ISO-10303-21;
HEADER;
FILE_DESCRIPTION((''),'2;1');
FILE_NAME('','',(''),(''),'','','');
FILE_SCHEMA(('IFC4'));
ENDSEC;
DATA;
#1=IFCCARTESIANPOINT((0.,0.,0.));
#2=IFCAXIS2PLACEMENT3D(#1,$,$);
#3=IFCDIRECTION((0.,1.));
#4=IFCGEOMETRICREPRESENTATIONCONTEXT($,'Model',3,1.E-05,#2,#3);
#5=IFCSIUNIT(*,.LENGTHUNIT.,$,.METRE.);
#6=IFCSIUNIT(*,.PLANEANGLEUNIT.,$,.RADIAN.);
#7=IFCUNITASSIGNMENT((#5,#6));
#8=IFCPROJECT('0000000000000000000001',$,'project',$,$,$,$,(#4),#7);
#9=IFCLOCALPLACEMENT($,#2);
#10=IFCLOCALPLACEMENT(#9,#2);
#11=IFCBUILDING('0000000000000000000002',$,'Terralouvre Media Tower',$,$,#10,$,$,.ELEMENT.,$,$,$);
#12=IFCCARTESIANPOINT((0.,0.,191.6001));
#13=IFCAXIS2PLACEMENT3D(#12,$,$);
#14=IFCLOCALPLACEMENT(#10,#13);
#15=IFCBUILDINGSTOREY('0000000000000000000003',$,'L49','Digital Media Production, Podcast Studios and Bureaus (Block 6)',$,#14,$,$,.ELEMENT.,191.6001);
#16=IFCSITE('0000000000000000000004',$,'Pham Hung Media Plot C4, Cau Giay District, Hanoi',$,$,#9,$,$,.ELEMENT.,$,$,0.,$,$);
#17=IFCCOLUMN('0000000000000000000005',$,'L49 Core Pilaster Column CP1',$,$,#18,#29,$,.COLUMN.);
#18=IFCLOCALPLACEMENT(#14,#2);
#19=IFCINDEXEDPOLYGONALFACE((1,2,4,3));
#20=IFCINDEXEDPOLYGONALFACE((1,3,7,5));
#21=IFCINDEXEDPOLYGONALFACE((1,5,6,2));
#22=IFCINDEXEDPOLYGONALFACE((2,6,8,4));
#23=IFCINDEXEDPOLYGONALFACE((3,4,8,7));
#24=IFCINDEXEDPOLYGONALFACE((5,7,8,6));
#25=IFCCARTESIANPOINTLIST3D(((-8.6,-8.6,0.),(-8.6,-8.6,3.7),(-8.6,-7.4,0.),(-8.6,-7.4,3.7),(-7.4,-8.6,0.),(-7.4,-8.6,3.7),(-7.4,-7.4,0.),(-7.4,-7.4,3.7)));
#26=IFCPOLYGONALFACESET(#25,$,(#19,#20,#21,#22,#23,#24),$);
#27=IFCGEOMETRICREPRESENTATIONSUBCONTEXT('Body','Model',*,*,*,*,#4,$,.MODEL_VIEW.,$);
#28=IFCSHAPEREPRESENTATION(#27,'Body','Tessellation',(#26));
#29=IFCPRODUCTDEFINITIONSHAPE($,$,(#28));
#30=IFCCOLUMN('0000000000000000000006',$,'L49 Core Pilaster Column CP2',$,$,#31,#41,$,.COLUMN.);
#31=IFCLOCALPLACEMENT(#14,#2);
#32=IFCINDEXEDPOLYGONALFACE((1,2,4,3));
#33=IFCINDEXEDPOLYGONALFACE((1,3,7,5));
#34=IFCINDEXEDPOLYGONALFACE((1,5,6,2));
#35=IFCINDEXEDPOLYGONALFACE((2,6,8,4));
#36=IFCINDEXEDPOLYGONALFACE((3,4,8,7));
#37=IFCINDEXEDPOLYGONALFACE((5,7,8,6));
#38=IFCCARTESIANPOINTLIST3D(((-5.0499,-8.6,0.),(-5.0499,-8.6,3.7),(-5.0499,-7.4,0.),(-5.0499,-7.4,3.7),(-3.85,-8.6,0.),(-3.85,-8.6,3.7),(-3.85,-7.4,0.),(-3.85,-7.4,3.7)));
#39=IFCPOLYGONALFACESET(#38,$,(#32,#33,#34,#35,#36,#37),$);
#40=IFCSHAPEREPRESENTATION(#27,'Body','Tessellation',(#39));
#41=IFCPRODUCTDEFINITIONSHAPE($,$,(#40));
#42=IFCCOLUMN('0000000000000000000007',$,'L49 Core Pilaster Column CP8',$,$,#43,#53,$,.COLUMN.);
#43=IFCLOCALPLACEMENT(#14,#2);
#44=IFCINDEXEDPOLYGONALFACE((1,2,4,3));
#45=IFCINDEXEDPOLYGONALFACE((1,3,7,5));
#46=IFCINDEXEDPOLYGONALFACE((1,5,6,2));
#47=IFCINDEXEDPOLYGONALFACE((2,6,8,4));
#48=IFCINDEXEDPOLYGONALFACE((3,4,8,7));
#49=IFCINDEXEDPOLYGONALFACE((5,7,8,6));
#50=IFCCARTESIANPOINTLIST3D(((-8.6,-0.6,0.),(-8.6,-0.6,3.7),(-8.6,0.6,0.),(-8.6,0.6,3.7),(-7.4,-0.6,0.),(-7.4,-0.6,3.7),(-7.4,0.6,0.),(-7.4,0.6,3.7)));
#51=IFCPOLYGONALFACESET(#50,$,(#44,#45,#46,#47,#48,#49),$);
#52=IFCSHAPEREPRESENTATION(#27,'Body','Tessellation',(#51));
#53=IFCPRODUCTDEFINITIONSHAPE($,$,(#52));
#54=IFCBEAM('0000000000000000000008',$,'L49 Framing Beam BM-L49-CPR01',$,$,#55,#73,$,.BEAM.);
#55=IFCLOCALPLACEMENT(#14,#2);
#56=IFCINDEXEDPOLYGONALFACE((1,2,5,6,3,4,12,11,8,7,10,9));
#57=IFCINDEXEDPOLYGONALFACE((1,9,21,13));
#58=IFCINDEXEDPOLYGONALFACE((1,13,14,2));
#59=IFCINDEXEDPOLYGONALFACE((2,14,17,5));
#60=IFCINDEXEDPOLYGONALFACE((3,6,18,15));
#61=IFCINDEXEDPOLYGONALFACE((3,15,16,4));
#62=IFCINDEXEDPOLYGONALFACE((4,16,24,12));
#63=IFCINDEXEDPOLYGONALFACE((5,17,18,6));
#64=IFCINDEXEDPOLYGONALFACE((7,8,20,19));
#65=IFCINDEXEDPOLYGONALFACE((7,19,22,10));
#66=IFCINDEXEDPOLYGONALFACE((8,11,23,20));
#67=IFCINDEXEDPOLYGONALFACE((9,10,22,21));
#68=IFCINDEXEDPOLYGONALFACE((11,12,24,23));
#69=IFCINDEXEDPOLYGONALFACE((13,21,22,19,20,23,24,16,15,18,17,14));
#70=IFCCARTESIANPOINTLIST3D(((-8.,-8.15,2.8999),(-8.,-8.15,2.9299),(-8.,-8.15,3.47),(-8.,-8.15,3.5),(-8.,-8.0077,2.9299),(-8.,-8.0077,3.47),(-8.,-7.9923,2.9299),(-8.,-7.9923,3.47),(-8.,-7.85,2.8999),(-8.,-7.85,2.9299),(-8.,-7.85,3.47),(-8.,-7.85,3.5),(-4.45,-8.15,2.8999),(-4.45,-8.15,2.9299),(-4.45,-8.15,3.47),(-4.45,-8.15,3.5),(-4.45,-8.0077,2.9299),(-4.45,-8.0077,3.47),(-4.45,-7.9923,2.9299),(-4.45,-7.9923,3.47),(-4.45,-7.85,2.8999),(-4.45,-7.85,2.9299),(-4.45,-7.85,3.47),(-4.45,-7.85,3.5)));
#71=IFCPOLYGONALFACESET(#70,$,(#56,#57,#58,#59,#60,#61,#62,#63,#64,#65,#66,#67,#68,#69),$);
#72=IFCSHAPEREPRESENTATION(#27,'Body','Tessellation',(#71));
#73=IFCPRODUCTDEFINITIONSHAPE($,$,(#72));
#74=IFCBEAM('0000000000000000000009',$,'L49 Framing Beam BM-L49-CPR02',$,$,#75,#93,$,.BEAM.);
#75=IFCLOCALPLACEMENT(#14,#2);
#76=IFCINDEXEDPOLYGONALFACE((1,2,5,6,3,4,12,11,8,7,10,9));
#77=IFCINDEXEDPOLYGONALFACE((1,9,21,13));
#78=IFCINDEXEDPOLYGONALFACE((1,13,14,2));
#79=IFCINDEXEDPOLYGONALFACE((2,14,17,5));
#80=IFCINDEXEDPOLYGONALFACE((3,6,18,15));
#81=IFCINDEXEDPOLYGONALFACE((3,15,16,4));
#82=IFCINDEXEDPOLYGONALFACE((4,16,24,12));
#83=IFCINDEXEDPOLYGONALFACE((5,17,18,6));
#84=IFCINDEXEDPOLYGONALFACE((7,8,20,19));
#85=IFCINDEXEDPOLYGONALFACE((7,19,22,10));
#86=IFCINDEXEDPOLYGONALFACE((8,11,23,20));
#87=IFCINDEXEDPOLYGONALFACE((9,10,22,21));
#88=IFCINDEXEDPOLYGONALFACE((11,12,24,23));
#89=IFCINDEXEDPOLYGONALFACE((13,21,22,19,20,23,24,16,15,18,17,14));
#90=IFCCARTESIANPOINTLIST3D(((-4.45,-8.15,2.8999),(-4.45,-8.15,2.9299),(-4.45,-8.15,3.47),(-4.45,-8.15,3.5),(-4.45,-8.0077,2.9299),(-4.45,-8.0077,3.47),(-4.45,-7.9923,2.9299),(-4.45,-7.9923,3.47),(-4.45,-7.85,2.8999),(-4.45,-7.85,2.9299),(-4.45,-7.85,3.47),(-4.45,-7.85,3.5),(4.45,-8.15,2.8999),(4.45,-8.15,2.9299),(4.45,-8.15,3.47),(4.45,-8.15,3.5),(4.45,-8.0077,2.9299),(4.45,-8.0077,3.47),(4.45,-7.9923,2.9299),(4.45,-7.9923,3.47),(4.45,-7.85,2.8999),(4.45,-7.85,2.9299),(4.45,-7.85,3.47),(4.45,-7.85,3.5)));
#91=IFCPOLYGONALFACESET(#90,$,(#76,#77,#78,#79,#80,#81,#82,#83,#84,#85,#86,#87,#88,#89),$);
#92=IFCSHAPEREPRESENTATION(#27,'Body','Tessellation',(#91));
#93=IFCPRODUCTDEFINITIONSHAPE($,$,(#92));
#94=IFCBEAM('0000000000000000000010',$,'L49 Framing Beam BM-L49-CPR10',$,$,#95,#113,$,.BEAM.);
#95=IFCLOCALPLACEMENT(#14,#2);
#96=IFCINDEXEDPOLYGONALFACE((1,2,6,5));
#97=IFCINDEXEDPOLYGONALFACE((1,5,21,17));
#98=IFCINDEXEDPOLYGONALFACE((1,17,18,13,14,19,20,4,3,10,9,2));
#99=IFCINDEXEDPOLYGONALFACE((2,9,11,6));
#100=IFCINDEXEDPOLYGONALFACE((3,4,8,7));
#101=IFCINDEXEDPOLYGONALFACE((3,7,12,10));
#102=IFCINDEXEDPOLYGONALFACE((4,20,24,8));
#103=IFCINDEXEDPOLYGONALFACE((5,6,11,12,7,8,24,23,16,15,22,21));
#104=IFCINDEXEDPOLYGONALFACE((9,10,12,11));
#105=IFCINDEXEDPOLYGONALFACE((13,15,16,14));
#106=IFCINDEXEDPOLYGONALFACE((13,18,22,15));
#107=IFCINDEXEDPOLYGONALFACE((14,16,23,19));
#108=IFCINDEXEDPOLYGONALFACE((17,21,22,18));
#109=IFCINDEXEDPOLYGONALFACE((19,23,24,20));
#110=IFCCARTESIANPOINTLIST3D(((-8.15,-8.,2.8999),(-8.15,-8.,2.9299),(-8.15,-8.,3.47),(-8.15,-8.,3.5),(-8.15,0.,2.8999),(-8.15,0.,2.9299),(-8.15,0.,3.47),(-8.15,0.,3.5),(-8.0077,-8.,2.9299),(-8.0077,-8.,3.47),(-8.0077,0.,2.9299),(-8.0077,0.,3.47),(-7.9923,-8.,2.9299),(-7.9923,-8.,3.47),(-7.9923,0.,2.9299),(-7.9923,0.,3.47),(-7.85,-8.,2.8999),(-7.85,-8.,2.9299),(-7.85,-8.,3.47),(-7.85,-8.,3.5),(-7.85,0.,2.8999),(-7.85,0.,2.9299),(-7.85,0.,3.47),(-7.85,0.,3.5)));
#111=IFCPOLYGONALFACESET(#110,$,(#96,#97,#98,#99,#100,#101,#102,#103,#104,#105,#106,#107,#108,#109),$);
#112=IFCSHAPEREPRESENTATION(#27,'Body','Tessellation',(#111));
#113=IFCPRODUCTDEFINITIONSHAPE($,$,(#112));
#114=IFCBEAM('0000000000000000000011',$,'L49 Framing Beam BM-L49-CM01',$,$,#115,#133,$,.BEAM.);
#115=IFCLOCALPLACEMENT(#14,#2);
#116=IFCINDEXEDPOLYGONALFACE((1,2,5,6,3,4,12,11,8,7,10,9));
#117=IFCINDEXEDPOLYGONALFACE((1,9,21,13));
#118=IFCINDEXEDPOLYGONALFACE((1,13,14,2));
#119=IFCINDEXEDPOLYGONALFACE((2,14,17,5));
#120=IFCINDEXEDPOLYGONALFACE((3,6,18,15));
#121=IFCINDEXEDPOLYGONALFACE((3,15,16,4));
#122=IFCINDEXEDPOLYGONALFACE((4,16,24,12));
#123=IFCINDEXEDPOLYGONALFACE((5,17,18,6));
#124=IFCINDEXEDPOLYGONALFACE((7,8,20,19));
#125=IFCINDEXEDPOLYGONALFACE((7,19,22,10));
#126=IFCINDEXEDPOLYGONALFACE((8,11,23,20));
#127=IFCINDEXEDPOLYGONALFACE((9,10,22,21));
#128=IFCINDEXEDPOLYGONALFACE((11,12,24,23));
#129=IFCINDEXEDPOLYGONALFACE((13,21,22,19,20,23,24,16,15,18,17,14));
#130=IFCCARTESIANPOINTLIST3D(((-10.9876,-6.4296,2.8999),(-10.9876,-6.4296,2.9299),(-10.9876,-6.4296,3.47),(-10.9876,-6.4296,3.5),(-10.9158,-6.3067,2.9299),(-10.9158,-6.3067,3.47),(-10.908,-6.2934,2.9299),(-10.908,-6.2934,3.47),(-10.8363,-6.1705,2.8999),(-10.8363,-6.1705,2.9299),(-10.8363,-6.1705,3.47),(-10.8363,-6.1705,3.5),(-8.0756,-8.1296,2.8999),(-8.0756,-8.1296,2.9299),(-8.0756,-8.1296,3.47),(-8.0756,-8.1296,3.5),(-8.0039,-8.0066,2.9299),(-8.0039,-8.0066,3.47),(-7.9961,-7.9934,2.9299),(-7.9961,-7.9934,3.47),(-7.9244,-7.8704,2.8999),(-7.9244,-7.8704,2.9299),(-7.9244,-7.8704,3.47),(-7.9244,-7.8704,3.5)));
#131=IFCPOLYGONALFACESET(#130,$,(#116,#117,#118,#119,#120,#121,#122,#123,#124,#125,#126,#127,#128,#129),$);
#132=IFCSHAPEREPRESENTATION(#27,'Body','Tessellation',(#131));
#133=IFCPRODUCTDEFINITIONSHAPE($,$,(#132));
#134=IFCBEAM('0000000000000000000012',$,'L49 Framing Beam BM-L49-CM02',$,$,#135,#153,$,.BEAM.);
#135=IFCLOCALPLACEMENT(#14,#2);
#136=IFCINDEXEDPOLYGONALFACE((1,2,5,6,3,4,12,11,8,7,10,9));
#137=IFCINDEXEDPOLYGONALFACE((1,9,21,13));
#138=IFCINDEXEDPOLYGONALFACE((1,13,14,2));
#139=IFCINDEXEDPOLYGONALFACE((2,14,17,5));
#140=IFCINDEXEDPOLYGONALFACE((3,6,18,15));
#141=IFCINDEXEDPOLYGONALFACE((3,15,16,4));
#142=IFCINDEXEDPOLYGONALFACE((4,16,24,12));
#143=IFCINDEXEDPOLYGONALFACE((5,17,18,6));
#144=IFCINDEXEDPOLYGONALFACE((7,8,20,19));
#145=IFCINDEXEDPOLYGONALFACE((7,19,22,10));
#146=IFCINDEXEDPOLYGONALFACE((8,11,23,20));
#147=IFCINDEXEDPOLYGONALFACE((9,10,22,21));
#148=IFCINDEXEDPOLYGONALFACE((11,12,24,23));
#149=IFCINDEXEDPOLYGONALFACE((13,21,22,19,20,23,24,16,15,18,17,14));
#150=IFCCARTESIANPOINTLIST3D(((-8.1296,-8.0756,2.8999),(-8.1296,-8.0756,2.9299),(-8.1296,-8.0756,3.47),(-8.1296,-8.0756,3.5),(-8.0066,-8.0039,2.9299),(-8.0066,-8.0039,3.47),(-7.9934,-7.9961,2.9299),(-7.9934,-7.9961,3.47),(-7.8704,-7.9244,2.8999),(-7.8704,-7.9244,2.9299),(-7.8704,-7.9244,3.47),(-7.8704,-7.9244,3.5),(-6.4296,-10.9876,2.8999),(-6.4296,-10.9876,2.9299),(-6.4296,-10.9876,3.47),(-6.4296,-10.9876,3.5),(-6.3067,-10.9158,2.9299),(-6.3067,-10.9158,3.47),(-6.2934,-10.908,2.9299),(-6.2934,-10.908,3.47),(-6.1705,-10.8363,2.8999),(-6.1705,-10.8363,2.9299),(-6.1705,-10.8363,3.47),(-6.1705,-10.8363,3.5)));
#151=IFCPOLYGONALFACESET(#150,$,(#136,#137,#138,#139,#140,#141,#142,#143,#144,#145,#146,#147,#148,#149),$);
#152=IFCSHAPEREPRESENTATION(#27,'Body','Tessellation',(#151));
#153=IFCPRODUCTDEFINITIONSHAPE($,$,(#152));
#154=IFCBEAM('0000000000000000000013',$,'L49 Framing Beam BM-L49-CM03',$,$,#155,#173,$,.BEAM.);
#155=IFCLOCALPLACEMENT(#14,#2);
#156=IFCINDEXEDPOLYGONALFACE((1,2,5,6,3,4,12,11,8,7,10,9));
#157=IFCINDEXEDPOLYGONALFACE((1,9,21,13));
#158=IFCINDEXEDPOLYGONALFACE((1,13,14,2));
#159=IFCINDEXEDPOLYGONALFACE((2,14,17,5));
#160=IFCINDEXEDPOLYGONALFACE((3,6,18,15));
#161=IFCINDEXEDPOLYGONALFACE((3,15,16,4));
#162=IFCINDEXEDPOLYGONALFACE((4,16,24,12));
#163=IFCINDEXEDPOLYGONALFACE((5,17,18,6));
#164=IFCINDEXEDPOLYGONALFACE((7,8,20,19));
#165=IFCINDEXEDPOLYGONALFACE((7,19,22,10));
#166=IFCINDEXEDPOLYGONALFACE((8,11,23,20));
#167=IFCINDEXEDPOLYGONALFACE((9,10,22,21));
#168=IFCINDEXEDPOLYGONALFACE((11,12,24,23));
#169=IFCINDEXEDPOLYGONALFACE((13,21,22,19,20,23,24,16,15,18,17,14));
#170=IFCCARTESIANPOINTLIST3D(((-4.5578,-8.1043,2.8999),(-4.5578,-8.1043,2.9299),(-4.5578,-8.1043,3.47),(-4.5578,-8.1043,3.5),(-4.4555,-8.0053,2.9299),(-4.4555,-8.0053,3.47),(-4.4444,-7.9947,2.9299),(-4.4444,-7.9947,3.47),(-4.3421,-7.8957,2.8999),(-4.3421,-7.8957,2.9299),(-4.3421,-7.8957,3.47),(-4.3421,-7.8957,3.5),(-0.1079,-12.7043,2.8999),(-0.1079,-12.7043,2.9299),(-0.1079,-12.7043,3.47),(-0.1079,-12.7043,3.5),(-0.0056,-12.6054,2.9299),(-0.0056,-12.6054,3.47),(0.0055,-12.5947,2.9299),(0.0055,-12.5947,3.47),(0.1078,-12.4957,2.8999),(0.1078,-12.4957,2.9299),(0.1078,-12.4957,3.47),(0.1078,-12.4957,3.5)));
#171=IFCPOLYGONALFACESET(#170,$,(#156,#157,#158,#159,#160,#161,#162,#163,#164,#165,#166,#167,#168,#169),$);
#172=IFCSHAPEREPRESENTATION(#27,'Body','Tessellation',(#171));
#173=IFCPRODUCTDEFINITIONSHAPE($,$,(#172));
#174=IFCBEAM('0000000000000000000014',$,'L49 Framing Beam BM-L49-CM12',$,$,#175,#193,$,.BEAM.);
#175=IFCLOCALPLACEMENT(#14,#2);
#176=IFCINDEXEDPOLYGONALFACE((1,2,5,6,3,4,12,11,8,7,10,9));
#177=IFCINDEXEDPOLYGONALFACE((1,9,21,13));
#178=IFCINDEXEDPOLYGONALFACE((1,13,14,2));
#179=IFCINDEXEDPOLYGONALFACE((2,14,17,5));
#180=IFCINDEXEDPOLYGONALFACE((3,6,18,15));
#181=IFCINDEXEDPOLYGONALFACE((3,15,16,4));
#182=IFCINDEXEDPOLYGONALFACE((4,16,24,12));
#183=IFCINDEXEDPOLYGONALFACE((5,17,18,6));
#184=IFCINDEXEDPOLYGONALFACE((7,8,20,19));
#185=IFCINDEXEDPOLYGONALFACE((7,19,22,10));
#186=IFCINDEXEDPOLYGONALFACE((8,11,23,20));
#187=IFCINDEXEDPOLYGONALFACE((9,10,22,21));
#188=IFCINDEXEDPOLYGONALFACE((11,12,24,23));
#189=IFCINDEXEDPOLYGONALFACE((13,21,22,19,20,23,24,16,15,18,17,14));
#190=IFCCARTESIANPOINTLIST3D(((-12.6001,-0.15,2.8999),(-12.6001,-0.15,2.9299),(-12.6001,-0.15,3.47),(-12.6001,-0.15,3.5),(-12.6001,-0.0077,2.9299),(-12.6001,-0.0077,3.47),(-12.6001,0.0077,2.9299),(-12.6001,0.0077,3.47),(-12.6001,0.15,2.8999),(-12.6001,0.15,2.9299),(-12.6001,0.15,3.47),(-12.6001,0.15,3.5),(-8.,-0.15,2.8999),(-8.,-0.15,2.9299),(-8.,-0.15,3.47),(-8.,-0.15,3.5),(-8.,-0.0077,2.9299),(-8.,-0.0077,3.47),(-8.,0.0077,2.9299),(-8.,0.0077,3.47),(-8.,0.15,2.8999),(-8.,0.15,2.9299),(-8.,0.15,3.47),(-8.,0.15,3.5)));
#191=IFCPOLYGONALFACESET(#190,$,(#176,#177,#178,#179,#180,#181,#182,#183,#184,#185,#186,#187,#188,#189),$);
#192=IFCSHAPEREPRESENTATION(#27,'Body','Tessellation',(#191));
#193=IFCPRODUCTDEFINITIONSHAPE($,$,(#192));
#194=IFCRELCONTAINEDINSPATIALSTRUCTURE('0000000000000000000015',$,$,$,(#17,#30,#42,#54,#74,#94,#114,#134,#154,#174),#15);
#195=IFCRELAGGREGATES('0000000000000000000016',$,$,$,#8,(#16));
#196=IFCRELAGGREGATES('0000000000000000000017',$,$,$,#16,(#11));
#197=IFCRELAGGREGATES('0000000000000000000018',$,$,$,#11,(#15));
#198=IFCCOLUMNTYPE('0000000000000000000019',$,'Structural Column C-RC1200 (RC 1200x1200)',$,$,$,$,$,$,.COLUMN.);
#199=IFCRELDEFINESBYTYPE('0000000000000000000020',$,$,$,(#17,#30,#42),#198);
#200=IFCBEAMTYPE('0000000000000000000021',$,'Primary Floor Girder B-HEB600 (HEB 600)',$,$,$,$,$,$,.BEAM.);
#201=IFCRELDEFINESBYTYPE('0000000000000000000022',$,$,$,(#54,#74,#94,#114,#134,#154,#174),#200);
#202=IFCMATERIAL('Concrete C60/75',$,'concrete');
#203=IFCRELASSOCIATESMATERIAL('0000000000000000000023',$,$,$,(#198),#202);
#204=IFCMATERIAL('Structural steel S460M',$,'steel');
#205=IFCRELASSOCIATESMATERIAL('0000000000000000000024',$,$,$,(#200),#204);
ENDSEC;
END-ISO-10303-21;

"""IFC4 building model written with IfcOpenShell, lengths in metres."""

from ifc_helpers import new_model, si_unit, direction, frame, origin, origin_2d, place, context, subcontext, project, spatial, rectangle, i_section, extrude, material, material_profile, profile_set, type_object, element, save


model = new_model("IFC4")

# Units and contexts
model_context = context("Model", 3, precision=1e-05, world=origin(), true_north=direction((0.0, 1.0)))
body_context = subcontext(model_context, "Body", "Model", "MODEL_VIEW")
ifc_project = project(units=[si_unit("LENGTHUNIT", "METRE"), si_unit("PLANEANGLEUNIT", "RADIAN")], contexts=[model_context])

# Site, building, storey
site_placement = place(None, origin())
site = spatial("IfcSite", under=ifc_project, at=site_placement, Name="Pham Hung Media Plot C4, Cau Giay District, Hanoi", CompositionType="ELEMENT", RefElevation=0.0)
building_placement = place(site_placement, origin())
building = spatial("IfcBuilding", under=site, at=building_placement, Name="Terralouvre Media Tower", CompositionType="ELEMENT")
storey_placement = place(building_placement, frame((0.0, 0.0, 191.6001)))
storey = spatial("IfcBuildingStorey", under=building, at=storey_placement, Name="L49", Description="Digital Media Production, Podcast Studios and Bureaus (Block 6)", CompositionType="ELEMENT", Elevation=191.6001)

# Columns
ifc_material_1 = material(Name="Concrete C60/75", Category="concrete")
ifc_material_profile_1 = material_profile(ifc_material_1, rectangle(XDim=1.2, YDim=1.2, at=origin_2d()), Name="RC 1200x1200")
ifc_profile_set_1 = profile_set([ifc_material_profile_1], Name="Concrete C60/75")
column_type = type_object("IfcColumnType", Name="Structural Column C-RC1200 (RC 1200x1200)", PredefinedType="COLUMN", material=ifc_profile_set_1)
for number, where, z_axis, x_axis, name in (
    (1, (-8.0, -8.0, 0.0), (0.0, 0.0, 1.0), (1.0, 0.0, 0.0), "L49 Core Pilaster Column CP1"),
    (2, (-4.45, -8.0, 0.0), (0.0, 0.0, 1.0), (1.0, 0.0, 0.0), "L49 Core Pilaster Column CP2"),
    (3, (-8.0, 0.0, 0.0), (0.0, 0.0, 1.0), (1.0, 0.0, 0.0), "L49 Core Pilaster Column CP8"),
):
    element("IfcColumn", number, at=place(storey_placement, frame(where, z_axis=z_axis, x_axis=x_axis)), inside=storey, type_object=column_type, Name=name, PredefinedType="COLUMN", context=body_context, shape_type="SweptSolid", body=[
        extrude(rectangle(XDim=1.2, YDim=1.2, at=origin_2d()), origin(), (0.0, 0.0, 1.0), 3.7),
    ])

# Beams
ifc_material_2 = material(Name="Structural steel S460M", Category="steel")
ifc_material_profile_2 = material_profile(ifc_material_2, i_section(OverallWidth=0.3, OverallDepth=0.6001, WebThickness=0.0154, FlangeThickness=0.03, at=origin_2d()), Name="HEB 600")
ifc_profile_set_2 = profile_set([ifc_material_profile_2], Name="Structural steel S460M")
beam_type = type_object("IfcBeamType", Name="Primary Floor Girder B-HEB600 (HEB 600)", PredefinedType="BEAM", material=ifc_profile_set_2)
beam_1_placement = place(storey_placement, frame((-8.0, -8.0, 3.2), z_axis=(1.0, 0.0, 0.0), x_axis=(0.0, 1.0, 0.0)))
element("IfcBeam", 4, at=beam_1_placement, inside=storey, type_object=beam_type, Name="L49 Framing Beam BM-L49-CPR01", PredefinedType="BEAM", context=body_context, shape_type="SweptSolid", body=[
    extrude(i_section(OverallWidth=0.3, OverallDepth=0.6001, WebThickness=0.0154, FlangeThickness=0.03, at=origin_2d()), origin(), (0.0, 0.0, 1.0), 3.55),
])
beam_2_placement = place(storey_placement, frame((-4.45, -8.0, 3.2), z_axis=(1.0, 0.0, 0.0), x_axis=(0.0, 1.0, 0.0)))
element("IfcBeam", 5, at=beam_2_placement, inside=storey, type_object=beam_type, Name="L49 Framing Beam BM-L49-CPR02", PredefinedType="BEAM", context=body_context, shape_type="SweptSolid", body=[
    extrude(i_section(OverallWidth=0.3, OverallDepth=0.6001, WebThickness=0.0154, FlangeThickness=0.03, at=origin_2d()), origin(), (0.0, 0.0, 1.0), 8.8999),
])
beam_3_placement = place(storey_placement, frame((-8.0, 0.0, 3.2), z_axis=(0.0, -1.0, 0.0), x_axis=(1.0, 0.0, 0.0)))
element("IfcBeam", 6, at=beam_3_placement, inside=storey, type_object=beam_type, Name="L49 Framing Beam BM-L49-CPR10", PredefinedType="BEAM", context=body_context, shape_type="SweptSolid", body=[
    extrude(i_section(OverallWidth=0.3, OverallDepth=0.6001, WebThickness=0.0154, FlangeThickness=0.03, at=origin_2d()), origin(), (0.0, 0.0, 1.0), 8.0),
])
for number, where, z_axis, x_axis, name in (
    (7, (-8.0, -8.0, 3.2), (-0.863603, 0.504173, 0.0), (-0.504173, -0.863603, 0.0), "L49 Framing Beam BM-L49-CM01"),
    (8, (-8.0, -8.0, 3.2), (0.504173, -0.863603, 0.0), (0.863603, 0.504173, 0.0), "L49 Framing Beam BM-L49-CM02"),
):
    element("IfcBeam", number, at=place(storey_placement, frame(where, z_axis=z_axis, x_axis=x_axis)), inside=storey, type_object=beam_type, Name=name, PredefinedType="BEAM", context=body_context, shape_type="SweptSolid", body=[
        extrude(i_section(OverallWidth=0.3, OverallDepth=0.6001, WebThickness=0.0154, FlangeThickness=0.03, at=origin_2d()), origin(), (0.0, 0.0, 1.0), 3.3718),
    ])
beam_4_placement = place(storey_placement, frame((-4.45, -8.0, 3.2), z_axis=(0.69528, -0.718739, 0.0), x_axis=(0.718739, 0.69528, 0.0)))
element("IfcBeam", 9, at=beam_4_placement, inside=storey, type_object=beam_type, Name="L49 Framing Beam BM-L49-CM03", PredefinedType="BEAM", context=body_context, shape_type="SweptSolid", body=[
    extrude(i_section(OverallWidth=0.3, OverallDepth=0.6001, WebThickness=0.0154, FlangeThickness=0.03, at=origin_2d()), origin(), (0.0, 0.0, 1.0), 6.4001),
])
beam_5_placement = place(storey_placement, frame((-8.0, 0.0, 3.2), z_axis=(-1.0, 0.0, 0.0), x_axis=(0.0, -1.0, 0.0)))
element("IfcBeam", 10, at=beam_5_placement, inside=storey, type_object=beam_type, Name="L49 Framing Beam BM-L49-CM12", PredefinedType="BEAM", context=body_context, shape_type="SweptSolid", body=[
    extrude(i_section(OverallWidth=0.3, OverallDepth=0.6001, WebThickness=0.0154, FlangeThickness=0.03, at=origin_2d()), origin(), (0.0, 0.0, 1.0), 4.6001),
])

save(model, "model.ifc")
